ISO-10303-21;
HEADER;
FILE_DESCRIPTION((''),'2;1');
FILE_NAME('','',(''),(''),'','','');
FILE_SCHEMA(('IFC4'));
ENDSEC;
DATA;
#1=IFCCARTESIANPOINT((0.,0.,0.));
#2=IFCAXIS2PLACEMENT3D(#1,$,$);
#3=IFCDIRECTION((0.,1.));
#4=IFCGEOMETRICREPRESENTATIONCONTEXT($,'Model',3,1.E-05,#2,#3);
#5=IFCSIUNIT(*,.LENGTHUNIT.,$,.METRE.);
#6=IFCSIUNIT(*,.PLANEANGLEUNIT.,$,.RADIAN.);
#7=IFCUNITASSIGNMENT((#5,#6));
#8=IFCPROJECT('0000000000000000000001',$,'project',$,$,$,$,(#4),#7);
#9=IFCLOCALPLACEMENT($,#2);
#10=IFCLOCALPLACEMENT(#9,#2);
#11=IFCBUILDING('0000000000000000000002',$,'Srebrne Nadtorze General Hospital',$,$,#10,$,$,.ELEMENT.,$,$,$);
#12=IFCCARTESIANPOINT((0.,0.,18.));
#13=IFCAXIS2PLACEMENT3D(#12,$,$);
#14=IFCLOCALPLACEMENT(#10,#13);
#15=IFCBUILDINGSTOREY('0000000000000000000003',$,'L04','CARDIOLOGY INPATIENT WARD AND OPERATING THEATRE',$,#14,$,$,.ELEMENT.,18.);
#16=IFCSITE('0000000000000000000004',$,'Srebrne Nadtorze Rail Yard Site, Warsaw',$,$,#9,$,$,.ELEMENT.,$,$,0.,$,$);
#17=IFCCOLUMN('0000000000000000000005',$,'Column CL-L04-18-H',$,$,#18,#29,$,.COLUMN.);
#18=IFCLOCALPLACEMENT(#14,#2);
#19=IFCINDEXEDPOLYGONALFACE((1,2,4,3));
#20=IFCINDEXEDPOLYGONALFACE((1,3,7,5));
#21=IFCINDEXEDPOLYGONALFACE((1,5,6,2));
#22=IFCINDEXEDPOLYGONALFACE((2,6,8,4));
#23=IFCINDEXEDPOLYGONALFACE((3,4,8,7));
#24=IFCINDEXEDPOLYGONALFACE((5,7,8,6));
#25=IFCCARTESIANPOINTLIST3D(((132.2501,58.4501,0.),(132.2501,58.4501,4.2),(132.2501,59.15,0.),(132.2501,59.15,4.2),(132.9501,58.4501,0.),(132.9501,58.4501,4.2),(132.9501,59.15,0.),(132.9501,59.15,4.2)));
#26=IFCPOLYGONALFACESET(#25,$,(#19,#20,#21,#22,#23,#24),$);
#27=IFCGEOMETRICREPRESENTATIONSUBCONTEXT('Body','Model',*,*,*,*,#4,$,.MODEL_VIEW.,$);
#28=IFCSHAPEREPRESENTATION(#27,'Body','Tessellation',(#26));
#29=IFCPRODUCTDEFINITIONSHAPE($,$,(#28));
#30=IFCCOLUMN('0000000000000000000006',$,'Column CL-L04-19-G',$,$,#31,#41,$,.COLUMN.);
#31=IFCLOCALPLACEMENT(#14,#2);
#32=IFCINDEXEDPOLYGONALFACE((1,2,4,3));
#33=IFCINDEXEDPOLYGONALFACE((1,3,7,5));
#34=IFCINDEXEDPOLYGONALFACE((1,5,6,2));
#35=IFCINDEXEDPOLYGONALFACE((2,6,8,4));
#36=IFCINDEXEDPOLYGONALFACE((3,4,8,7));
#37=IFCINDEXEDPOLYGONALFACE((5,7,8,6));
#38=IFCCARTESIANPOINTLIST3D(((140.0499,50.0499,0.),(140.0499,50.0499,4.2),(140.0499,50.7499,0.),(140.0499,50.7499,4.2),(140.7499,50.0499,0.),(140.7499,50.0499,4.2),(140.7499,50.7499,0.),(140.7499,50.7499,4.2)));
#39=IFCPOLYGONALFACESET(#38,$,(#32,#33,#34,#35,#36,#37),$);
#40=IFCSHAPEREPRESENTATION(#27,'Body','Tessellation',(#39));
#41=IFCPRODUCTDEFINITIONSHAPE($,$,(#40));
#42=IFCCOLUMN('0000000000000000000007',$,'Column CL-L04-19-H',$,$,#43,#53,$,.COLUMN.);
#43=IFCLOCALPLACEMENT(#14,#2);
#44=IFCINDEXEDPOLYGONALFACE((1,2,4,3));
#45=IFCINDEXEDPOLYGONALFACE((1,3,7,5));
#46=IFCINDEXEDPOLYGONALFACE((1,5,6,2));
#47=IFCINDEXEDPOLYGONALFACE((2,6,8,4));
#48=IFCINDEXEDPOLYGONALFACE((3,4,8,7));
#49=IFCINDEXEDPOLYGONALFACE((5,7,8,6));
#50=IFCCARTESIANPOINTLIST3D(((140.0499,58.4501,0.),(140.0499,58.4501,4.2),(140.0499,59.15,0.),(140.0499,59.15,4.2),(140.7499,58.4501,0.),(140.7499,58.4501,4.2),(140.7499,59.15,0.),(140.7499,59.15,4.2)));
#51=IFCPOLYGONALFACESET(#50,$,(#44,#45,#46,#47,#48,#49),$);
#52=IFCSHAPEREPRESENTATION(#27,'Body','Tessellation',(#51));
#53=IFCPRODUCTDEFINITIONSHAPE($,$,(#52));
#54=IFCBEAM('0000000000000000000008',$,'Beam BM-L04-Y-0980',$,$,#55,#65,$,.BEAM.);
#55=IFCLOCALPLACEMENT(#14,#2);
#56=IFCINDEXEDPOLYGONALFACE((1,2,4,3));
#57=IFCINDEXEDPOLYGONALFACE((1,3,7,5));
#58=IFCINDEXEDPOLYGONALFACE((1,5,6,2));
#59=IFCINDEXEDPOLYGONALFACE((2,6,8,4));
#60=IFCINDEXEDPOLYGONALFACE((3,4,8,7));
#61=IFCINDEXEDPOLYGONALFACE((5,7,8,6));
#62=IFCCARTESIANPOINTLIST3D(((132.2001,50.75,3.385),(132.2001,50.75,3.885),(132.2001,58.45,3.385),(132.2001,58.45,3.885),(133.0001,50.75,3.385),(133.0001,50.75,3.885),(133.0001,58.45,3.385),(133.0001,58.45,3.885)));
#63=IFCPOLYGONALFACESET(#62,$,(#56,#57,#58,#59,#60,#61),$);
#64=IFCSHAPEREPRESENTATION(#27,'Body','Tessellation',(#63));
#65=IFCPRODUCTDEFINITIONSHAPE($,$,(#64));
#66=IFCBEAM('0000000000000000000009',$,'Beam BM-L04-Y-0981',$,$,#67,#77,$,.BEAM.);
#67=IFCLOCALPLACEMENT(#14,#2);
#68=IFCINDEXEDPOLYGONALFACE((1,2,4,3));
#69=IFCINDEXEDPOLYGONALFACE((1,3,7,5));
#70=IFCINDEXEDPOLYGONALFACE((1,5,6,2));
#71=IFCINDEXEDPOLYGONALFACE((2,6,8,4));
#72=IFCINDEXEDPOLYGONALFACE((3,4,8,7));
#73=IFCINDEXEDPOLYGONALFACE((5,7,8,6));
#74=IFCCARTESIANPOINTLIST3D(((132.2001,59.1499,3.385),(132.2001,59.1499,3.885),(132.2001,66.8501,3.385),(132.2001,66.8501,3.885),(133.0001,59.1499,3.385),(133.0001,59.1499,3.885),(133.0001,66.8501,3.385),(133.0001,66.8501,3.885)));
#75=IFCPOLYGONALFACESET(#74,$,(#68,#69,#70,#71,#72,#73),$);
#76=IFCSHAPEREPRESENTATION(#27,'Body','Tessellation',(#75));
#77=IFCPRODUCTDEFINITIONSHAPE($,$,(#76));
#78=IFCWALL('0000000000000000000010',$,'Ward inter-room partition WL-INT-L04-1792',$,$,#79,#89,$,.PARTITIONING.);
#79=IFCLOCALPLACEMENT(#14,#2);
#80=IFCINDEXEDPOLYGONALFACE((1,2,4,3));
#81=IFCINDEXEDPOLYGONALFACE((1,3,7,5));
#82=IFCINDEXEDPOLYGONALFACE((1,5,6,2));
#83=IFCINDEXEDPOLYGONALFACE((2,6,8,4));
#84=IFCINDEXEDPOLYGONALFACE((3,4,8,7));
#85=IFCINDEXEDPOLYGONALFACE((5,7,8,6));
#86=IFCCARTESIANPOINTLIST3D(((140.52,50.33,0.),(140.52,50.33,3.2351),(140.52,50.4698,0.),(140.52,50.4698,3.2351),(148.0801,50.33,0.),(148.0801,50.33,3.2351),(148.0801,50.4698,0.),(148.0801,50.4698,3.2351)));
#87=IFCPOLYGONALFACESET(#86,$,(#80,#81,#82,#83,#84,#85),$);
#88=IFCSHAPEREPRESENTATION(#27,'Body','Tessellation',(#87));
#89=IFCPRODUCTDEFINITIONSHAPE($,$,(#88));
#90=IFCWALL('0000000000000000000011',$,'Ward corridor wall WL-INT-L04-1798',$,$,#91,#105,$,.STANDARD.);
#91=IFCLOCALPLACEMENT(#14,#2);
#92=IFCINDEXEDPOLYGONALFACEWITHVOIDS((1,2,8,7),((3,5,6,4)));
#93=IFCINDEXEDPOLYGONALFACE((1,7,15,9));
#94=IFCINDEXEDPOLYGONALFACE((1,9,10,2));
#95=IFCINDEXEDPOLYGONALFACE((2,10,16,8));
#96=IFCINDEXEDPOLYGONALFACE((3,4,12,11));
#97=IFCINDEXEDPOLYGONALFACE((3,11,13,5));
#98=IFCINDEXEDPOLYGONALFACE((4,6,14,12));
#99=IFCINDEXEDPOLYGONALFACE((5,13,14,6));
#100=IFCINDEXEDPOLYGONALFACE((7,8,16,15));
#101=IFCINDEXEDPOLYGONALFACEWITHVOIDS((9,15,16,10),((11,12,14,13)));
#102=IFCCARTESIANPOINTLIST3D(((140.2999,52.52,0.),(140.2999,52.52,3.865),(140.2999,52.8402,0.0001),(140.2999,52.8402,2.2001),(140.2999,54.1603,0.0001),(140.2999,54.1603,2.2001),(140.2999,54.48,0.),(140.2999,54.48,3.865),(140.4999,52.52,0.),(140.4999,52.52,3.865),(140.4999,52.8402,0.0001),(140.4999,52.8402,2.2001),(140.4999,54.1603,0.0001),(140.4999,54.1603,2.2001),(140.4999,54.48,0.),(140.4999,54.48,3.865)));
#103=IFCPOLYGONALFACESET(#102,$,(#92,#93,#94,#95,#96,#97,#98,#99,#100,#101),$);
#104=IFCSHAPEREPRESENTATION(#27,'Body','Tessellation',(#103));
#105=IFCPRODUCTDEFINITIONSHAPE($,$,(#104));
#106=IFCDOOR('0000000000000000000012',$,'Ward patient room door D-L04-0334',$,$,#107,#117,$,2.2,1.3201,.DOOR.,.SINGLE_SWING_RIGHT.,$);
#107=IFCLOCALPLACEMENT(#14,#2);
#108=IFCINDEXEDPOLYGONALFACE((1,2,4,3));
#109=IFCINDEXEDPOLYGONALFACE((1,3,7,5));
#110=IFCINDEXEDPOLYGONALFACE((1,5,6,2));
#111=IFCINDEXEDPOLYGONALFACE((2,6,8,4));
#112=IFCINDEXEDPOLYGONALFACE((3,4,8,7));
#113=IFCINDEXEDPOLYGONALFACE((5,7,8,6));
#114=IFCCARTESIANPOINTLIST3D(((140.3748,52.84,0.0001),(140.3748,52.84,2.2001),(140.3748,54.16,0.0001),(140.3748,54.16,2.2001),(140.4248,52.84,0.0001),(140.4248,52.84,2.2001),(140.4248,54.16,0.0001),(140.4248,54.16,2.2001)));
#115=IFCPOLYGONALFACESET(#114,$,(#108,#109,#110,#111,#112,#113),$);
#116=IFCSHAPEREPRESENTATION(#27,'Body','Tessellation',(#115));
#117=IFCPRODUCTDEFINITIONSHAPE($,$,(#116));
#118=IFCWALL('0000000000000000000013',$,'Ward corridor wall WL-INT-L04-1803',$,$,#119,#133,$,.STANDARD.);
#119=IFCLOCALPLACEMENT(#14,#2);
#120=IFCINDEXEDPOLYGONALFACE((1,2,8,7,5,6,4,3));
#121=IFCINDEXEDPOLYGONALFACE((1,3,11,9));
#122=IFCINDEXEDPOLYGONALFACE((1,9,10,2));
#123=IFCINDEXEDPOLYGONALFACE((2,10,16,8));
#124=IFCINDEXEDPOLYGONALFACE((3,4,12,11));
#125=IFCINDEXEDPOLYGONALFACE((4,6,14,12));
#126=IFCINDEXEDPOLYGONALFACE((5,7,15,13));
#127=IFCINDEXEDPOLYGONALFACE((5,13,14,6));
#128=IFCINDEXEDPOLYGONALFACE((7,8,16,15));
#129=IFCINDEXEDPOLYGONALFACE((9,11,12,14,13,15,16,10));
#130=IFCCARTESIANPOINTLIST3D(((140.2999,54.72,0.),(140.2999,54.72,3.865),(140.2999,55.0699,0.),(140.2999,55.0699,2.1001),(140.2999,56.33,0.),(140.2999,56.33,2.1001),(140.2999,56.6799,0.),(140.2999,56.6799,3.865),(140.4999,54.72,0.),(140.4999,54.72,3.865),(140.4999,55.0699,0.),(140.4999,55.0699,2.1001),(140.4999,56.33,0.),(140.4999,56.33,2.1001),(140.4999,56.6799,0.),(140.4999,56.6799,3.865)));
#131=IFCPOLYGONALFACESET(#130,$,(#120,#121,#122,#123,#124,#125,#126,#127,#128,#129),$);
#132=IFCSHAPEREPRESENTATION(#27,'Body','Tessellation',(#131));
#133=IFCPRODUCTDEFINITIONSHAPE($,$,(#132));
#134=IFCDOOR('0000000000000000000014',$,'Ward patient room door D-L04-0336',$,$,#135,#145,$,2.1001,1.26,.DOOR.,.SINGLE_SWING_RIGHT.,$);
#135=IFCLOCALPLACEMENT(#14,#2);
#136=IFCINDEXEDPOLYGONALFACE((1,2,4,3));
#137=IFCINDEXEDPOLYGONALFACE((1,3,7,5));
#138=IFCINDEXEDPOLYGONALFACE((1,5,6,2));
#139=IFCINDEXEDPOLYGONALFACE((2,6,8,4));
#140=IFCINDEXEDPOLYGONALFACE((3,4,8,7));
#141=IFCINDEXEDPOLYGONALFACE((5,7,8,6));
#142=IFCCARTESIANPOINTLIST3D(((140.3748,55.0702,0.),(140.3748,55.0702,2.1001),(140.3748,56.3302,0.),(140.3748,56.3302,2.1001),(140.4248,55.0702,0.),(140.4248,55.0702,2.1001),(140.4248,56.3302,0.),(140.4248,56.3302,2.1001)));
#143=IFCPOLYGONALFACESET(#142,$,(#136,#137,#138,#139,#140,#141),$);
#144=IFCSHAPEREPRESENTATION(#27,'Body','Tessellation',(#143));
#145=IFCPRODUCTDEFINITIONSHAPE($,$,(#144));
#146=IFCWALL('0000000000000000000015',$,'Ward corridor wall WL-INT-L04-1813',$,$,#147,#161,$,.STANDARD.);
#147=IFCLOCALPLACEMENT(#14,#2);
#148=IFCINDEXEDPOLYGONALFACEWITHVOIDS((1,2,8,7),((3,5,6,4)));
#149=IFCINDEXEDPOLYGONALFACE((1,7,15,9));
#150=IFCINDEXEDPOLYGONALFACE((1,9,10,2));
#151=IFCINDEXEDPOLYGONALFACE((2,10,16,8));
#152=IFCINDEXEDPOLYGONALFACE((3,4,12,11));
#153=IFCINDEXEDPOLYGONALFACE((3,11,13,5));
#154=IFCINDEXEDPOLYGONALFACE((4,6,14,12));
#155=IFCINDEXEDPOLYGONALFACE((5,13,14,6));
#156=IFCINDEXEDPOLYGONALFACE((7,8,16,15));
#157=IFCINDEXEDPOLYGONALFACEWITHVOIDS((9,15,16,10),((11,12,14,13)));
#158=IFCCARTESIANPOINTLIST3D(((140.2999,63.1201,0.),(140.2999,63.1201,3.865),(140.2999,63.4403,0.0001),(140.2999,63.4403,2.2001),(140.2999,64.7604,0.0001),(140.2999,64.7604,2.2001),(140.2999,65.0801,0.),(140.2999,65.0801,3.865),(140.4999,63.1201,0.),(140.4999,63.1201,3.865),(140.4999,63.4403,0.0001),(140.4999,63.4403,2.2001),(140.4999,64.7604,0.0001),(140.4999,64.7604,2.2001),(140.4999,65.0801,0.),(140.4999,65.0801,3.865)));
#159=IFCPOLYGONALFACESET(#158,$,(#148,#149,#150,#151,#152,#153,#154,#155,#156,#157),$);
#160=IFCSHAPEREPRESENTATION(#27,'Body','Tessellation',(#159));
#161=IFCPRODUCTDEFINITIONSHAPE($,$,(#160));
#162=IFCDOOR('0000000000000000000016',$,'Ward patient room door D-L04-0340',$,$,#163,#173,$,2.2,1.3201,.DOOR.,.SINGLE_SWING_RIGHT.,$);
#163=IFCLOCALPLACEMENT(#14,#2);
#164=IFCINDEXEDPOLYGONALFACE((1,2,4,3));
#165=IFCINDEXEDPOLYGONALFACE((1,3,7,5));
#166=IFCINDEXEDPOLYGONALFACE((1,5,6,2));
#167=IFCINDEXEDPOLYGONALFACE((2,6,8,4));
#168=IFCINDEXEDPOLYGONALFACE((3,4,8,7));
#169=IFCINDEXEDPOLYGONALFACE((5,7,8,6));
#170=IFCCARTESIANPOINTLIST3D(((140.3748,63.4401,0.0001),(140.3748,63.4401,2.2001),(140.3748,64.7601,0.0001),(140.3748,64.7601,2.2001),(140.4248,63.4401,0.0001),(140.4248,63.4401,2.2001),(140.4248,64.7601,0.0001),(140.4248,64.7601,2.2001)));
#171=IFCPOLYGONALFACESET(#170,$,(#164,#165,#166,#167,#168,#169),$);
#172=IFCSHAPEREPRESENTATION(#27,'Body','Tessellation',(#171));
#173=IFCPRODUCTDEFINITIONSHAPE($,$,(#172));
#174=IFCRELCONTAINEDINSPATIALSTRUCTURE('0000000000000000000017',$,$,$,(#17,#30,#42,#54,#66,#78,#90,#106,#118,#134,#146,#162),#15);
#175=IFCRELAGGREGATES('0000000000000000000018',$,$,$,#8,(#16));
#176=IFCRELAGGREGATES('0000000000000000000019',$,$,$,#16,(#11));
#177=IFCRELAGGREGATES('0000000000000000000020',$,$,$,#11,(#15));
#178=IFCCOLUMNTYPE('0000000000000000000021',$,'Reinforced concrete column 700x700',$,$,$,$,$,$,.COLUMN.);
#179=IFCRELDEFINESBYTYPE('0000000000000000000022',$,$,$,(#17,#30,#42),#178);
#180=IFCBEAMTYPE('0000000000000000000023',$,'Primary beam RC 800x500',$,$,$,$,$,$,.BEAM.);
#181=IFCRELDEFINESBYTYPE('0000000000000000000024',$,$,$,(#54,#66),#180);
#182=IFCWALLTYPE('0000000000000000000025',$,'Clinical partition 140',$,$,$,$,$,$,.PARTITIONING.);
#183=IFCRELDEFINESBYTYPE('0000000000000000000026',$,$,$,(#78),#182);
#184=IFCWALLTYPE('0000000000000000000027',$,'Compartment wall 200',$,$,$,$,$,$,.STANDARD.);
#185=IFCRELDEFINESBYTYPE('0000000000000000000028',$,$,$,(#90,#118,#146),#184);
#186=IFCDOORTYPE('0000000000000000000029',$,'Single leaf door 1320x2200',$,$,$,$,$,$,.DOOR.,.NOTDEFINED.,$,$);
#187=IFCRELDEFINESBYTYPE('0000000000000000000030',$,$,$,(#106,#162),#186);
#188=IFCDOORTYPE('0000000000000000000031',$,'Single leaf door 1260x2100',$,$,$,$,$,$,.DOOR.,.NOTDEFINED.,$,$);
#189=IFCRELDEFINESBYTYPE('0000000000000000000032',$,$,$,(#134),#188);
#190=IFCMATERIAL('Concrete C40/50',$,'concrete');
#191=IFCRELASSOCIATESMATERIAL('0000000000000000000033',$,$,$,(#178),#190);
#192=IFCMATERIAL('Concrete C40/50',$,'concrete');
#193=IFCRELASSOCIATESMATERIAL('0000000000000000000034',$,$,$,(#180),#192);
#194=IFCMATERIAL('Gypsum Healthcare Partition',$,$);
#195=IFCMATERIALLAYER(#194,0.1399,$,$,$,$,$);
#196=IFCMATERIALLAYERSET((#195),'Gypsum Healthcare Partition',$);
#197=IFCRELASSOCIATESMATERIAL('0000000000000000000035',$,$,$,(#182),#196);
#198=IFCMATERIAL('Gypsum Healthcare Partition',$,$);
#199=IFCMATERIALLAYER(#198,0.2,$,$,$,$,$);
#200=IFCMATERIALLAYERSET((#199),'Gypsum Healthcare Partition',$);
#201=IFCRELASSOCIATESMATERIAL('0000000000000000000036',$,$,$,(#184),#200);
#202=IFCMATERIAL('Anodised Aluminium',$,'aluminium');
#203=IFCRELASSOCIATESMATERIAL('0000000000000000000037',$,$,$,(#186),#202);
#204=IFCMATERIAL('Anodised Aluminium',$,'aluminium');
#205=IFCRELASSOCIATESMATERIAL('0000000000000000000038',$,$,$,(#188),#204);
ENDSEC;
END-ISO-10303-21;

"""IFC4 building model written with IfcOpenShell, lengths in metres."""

from ifc_helpers import new_model, si_unit, direction, frame, frame_2d, origin, origin_2d, place, context, subcontext, project, spatial, rectangle, extrude, material, layer, layer_set, material_profile, profile_set, type_object, element, fill, save


model = new_model("IFC4")

# Units and contexts
model_context = context("Model", 3, precision=1e-05, world=origin(), true_north=direction((0.0, 1.0)))
body_context = subcontext(model_context, "Body", "Model", "MODEL_VIEW")
ifc_project = project(units=[si_unit("LENGTHUNIT", "METRE"), si_unit("PLANEANGLEUNIT", "RADIAN")], contexts=[model_context])

# Site, building, storey
site_placement = place(None, origin())
site = spatial("IfcSite", under=ifc_project, at=site_placement, Name="Srebrne Nadtorze Rail Yard Site, Warsaw", CompositionType="ELEMENT", RefElevation=0.0)
building_placement = place(site_placement, origin())
building = spatial("IfcBuilding", under=site, at=building_placement, Name="Srebrne Nadtorze General Hospital", CompositionType="ELEMENT")
storey_placement = place(building_placement, frame((0.0, 0.0, 18.0)))
storey = spatial("IfcBuildingStorey", under=building, at=storey_placement, Name="L04", Description="CARDIOLOGY INPATIENT WARD AND OPERATING THEATRE", CompositionType="ELEMENT", Elevation=18.0)

# Columns
ifc_material_1 = material(Name="Concrete C40/50", Category="concrete")
ifc_material_profile_1 = material_profile(ifc_material_1, rectangle(XDim=0.7, YDim=0.7, at=origin_2d()), Name="RC-COL-700x700")
ifc_profile_set_1 = profile_set([ifc_material_profile_1], Name="Concrete C40/50")
column_type = type_object("IfcColumnType", Name="Reinforced concrete column 700x700", PredefinedType="COLUMN", material=ifc_profile_set_1)
for number, where, z_axis, x_axis, name in (
    (1, (132.6001, 58.8, 0.0), (0.0, 0.0, 1.0), (1.0, 0.0, 0.0), "Column CL-L04-18-H"),
    (2, (140.3999, 50.3999, 0.0), (0.0, 0.0, 1.0), (1.0, 0.0, 0.0), "Column CL-L04-19-G"),
    (3, (140.3999, 58.8, 0.0), (0.0, 0.0, 1.0), (1.0, 0.0, 0.0), "Column CL-L04-19-H"),
):
    element("IfcColumn", number, at=place(storey_placement, frame(where, z_axis=z_axis, x_axis=x_axis)), inside=storey, type_object=column_type, Name=name, PredefinedType="COLUMN", context=body_context, shape_type="SweptSolid", body=[
        extrude(rectangle(XDim=0.7, YDim=0.7, at=origin_2d()), origin(), (0.0, 0.0, 1.0), 4.2),
    ])

# Beams
ifc_material_2 = material(Name="Concrete C40/50", Category="concrete")
ifc_material_profile_2 = material_profile(ifc_material_2, rectangle(XDim=0.8, YDim=0.5, at=origin_2d()), Name="RC-BM-800x500")
ifc_profile_set_2 = profile_set([ifc_material_profile_2], Name="Concrete C40/50")
beam_type = type_object("IfcBeamType", Name="Primary beam RC 800x500", PredefinedType="BEAM", material=ifc_profile_set_2)
beam_1_placement = place(storey_placement, frame((132.6001, 50.75, 3.635), z_axis=(0.0, 1.0, 0.0), x_axis=(-1.0, 0.0, 0.0)))
element("IfcBeam", 4, at=beam_1_placement, inside=storey, type_object=beam_type, Name="Beam BM-L04-Y-0980", PredefinedType="BEAM", context=body_context, shape_type="SweptSolid", body=[
    extrude(rectangle(XDim=0.8, YDim=0.5, at=origin_2d()), origin(), (0.0, 0.0, 1.0), 7.7),
])
beam_2_placement = place(storey_placement, frame((132.6001, 59.1499, 3.635), z_axis=(0.0, 1.0, 0.0), x_axis=(-1.0, 0.0, 0.0)))
element("IfcBeam", 5, at=beam_2_placement, inside=storey, type_object=beam_type, Name="Beam BM-L04-Y-0981", PredefinedType="BEAM", context=body_context, shape_type="SweptSolid", body=[
    extrude(rectangle(XDim=0.8, YDim=0.5, at=origin_2d()), origin(), (0.0, 0.0, 1.0), 7.7002),
])

# Wall
ifc_material_3 = material(Name="Gypsum Healthcare Partition")
ifc_layer_1 = layer(ifc_material_3, 0.1399)
ifc_layer_set_1 = layer_set([ifc_layer_1], Name="Gypsum Healthcare Partition")
wall_type_1 = type_object("IfcWallType", Name="Clinical partition 140", PredefinedType="PARTITIONING", material=ifc_layer_set_1)
wall_1_placement = place(storey_placement, frame((140.52, 50.3999, 0.0), z_axis=(0.0, 0.0, 1.0), x_axis=(1.0, 0.0, 0.0)))
element("IfcWall", 6, at=wall_1_placement, inside=storey, type_object=wall_type_1, Name="Ward inter-room partition WL-INT-L04-1792", PredefinedType="PARTITIONING", context=body_context, shape_type="SweptSolid", body=[
    extrude(rectangle(XDim=7.5601, YDim=0.1399, at=frame_2d((3.78, 0.0))), origin(), (0.0, 0.0, 1.0), 3.2351),
])

# Walls, openings, doors
ifc_material_4 = material(Name="Gypsum Healthcare Partition")
ifc_layer_2 = layer(ifc_material_4, 0.2)
ifc_layer_set_2 = layer_set([ifc_layer_2], Name="Gypsum Healthcare Partition")
wall_type_2 = type_object("IfcWallType", Name="Compartment wall 200", PredefinedType="STANDARD", material=ifc_layer_set_2)
wall_2_placement = place(storey_placement, frame((140.3999, 52.52, 0.0), z_axis=(0.0, 0.0, 1.0), x_axis=(0.0, 1.0, 0.0)))
wall_2 = element("IfcWall", 7, at=wall_2_placement, inside=storey, type_object=wall_type_2, Name="Ward corridor wall WL-INT-L04-1798", PredefinedType="STANDARD", context=body_context, shape_type="SweptSolid", body=[
    extrude(rectangle(XDim=1.96, YDim=0.2, at=frame_2d((0.98, 0.0))), origin(), (0.0, 0.0, 1.0), 3.865),
])
opening_1_placement = place(wall_2_placement, frame((0.3201, 0.0, 0.0)))
opening_1 = element("IfcOpeningElement", 8, at=opening_1_placement, cuts=wall_2, PredefinedType="OPENING", context=body_context, shape_type="SweptSolid", body=[
    extrude(rectangle(XDim=1.3201, YDim=2.2, at=frame_2d((0.6602, 1.1001))), frame((0.0, 0.1118, 0.0), z_axis=(0.0, -1.0, 0.0), x_axis=(1.0, 0.0, 0.0)), (0.0, 0.0, 1.0), 0.2239),
])
ifc_material_5 = material(Name="Anodised Aluminium", Category="aluminium")
door_type_1 = type_object("IfcDoorType", Name="Single leaf door 1320x2200", OperationType="NOTDEFINED", PredefinedType="DOOR", material=ifc_material_5)
door_1_placement = place(opening_1_placement, frame((1.3201, 0.0, 0.0), z_axis=(0.0, 0.0, 1.0), x_axis=(-1.0, 0.0, 0.0)))
door_1 = element("IfcDoor", 9, at=door_1_placement, inside=storey, type_object=door_type_1, Name="Ward patient room door D-L04-0334", OperationType="SINGLE_SWING_RIGHT", OverallHeight=2.2, OverallWidth=1.3201, PredefinedType="DOOR", context=body_context, shape_type="SweptSolid", body=[
    extrude(rectangle(XDim=1.3201, YDim=2.2, at=frame_2d((0.6602, 1.1001))), frame((0.0, 0.0249, 0.0), z_axis=(0.0, -1.0, 0.0), x_axis=(1.0, 0.0, 0.0)), (0.0, 0.0, 1.0), 0.05),
])
fill(opening_1, door_1)
wall_3_placement = place(storey_placement, frame((140.3999, 54.72, 0.0), z_axis=(0.0, 0.0, 1.0), x_axis=(0.0, 1.0, 0.0)))
wall_3 = element("IfcWall", 10, at=wall_3_placement, inside=storey, type_object=wall_type_2, Name="Ward corridor wall WL-INT-L04-1803", PredefinedType="STANDARD", context=body_context, shape_type="SweptSolid", body=[
    extrude(rectangle(XDim=1.96, YDim=0.2, at=frame_2d((0.98, 0.0))), origin(), (0.0, 0.0, 1.0), 3.865),
])
opening_2_placement = place(wall_3_placement, frame((0.3501, 0.0, 0.0)))
opening_2 = element("IfcOpeningElement", 11, at=opening_2_placement, cuts=wall_3, PredefinedType="OPENING", context=body_context, shape_type="SweptSolid", body=[
    extrude(rectangle(XDim=1.26, YDim=2.1001, at=frame_2d((0.6299, 1.05))), frame((0.0, 0.1118, 0.0), z_axis=(0.0, -1.0, 0.0), x_axis=(1.0, 0.0, 0.0)), (0.0, 0.0, 1.0), 0.2239),
])
ifc_material_6 = material(Name="Anodised Aluminium", Category="aluminium")
door_type_2 = type_object("IfcDoorType", Name="Single leaf door 1260x2100", OperationType="NOTDEFINED", PredefinedType="DOOR", material=ifc_material_6)
door_2_placement = place(opening_2_placement, frame((1.26, 0.0, 0.0), z_axis=(0.0, 0.0, 1.0), x_axis=(-1.0, 0.0, 0.0)))
door_2 = element("IfcDoor", 12, at=door_2_placement, inside=storey, type_object=door_type_2, Name="Ward patient room door D-L04-0336", OperationType="SINGLE_SWING_RIGHT", OverallHeight=2.1001, OverallWidth=1.26, PredefinedType="DOOR", context=body_context, shape_type="SweptSolid", body=[
    extrude(rectangle(XDim=1.26, YDim=2.1001, at=frame_2d((0.6299, 1.05))), frame((0.0, 0.0249, 0.0), z_axis=(0.0, -1.0, 0.0), x_axis=(1.0, 0.0, 0.0)), (0.0, 0.0, 1.0), 0.05),
])
fill(opening_2, door_2)
wall_4_placement = place(storey_placement, frame((140.3999, 63.1201, 0.0), z_axis=(0.0, 0.0, 1.0), x_axis=(0.0, 1.0, 0.0)))
wall_4 = element("IfcWall", 13, at=wall_4_placement, inside=storey, type_object=wall_type_2, Name="Ward corridor wall WL-INT-L04-1813", PredefinedType="STANDARD", context=body_context, shape_type="SweptSolid", body=[
    extrude(rectangle(XDim=1.96, YDim=0.2, at=frame_2d((0.98, 0.0))), origin(), (0.0, 0.0, 1.0), 3.865),
])
opening_3_placement = place(wall_4_placement, frame((0.3201, 0.0, 0.0)))
opening_3 = element("IfcOpeningElement", 14, at=opening_3_placement, cuts=wall_4, PredefinedType="OPENING", context=body_context, shape_type="SweptSolid", body=[
    extrude(rectangle(XDim=1.3201, YDim=2.2, at=frame_2d((0.6602, 1.1001))), frame((0.0, 0.1118, 0.0), z_axis=(0.0, -1.0, 0.0), x_axis=(1.0, 0.0, 0.0)), (0.0, 0.0, 1.0), 0.2239),
])
door_3_placement = place(opening_3_placement, frame((1.3201, 0.0, 0.0), z_axis=(0.0, 0.0, 1.0), x_axis=(-1.0, 0.0, 0.0)))
door_3 = element("IfcDoor", 15, at=door_3_placement, inside=storey, type_object=door_type_1, Name="Ward patient room door D-L04-0340", OperationType="SINGLE_SWING_RIGHT", OverallHeight=2.2, OverallWidth=1.3201, PredefinedType="DOOR", context=body_context, shape_type="SweptSolid", body=[
    extrude(rectangle(XDim=1.3201, YDim=2.2, at=frame_2d((0.6602, 1.1001))), frame((0.0, 0.0249, 0.0), z_axis=(0.0, -1.0, 0.0), x_axis=(1.0, 0.0, 0.0)), (0.0, 0.0, 1.0), 0.05),
])
fill(opening_3, door_3)

save(model, "model.ifc")
